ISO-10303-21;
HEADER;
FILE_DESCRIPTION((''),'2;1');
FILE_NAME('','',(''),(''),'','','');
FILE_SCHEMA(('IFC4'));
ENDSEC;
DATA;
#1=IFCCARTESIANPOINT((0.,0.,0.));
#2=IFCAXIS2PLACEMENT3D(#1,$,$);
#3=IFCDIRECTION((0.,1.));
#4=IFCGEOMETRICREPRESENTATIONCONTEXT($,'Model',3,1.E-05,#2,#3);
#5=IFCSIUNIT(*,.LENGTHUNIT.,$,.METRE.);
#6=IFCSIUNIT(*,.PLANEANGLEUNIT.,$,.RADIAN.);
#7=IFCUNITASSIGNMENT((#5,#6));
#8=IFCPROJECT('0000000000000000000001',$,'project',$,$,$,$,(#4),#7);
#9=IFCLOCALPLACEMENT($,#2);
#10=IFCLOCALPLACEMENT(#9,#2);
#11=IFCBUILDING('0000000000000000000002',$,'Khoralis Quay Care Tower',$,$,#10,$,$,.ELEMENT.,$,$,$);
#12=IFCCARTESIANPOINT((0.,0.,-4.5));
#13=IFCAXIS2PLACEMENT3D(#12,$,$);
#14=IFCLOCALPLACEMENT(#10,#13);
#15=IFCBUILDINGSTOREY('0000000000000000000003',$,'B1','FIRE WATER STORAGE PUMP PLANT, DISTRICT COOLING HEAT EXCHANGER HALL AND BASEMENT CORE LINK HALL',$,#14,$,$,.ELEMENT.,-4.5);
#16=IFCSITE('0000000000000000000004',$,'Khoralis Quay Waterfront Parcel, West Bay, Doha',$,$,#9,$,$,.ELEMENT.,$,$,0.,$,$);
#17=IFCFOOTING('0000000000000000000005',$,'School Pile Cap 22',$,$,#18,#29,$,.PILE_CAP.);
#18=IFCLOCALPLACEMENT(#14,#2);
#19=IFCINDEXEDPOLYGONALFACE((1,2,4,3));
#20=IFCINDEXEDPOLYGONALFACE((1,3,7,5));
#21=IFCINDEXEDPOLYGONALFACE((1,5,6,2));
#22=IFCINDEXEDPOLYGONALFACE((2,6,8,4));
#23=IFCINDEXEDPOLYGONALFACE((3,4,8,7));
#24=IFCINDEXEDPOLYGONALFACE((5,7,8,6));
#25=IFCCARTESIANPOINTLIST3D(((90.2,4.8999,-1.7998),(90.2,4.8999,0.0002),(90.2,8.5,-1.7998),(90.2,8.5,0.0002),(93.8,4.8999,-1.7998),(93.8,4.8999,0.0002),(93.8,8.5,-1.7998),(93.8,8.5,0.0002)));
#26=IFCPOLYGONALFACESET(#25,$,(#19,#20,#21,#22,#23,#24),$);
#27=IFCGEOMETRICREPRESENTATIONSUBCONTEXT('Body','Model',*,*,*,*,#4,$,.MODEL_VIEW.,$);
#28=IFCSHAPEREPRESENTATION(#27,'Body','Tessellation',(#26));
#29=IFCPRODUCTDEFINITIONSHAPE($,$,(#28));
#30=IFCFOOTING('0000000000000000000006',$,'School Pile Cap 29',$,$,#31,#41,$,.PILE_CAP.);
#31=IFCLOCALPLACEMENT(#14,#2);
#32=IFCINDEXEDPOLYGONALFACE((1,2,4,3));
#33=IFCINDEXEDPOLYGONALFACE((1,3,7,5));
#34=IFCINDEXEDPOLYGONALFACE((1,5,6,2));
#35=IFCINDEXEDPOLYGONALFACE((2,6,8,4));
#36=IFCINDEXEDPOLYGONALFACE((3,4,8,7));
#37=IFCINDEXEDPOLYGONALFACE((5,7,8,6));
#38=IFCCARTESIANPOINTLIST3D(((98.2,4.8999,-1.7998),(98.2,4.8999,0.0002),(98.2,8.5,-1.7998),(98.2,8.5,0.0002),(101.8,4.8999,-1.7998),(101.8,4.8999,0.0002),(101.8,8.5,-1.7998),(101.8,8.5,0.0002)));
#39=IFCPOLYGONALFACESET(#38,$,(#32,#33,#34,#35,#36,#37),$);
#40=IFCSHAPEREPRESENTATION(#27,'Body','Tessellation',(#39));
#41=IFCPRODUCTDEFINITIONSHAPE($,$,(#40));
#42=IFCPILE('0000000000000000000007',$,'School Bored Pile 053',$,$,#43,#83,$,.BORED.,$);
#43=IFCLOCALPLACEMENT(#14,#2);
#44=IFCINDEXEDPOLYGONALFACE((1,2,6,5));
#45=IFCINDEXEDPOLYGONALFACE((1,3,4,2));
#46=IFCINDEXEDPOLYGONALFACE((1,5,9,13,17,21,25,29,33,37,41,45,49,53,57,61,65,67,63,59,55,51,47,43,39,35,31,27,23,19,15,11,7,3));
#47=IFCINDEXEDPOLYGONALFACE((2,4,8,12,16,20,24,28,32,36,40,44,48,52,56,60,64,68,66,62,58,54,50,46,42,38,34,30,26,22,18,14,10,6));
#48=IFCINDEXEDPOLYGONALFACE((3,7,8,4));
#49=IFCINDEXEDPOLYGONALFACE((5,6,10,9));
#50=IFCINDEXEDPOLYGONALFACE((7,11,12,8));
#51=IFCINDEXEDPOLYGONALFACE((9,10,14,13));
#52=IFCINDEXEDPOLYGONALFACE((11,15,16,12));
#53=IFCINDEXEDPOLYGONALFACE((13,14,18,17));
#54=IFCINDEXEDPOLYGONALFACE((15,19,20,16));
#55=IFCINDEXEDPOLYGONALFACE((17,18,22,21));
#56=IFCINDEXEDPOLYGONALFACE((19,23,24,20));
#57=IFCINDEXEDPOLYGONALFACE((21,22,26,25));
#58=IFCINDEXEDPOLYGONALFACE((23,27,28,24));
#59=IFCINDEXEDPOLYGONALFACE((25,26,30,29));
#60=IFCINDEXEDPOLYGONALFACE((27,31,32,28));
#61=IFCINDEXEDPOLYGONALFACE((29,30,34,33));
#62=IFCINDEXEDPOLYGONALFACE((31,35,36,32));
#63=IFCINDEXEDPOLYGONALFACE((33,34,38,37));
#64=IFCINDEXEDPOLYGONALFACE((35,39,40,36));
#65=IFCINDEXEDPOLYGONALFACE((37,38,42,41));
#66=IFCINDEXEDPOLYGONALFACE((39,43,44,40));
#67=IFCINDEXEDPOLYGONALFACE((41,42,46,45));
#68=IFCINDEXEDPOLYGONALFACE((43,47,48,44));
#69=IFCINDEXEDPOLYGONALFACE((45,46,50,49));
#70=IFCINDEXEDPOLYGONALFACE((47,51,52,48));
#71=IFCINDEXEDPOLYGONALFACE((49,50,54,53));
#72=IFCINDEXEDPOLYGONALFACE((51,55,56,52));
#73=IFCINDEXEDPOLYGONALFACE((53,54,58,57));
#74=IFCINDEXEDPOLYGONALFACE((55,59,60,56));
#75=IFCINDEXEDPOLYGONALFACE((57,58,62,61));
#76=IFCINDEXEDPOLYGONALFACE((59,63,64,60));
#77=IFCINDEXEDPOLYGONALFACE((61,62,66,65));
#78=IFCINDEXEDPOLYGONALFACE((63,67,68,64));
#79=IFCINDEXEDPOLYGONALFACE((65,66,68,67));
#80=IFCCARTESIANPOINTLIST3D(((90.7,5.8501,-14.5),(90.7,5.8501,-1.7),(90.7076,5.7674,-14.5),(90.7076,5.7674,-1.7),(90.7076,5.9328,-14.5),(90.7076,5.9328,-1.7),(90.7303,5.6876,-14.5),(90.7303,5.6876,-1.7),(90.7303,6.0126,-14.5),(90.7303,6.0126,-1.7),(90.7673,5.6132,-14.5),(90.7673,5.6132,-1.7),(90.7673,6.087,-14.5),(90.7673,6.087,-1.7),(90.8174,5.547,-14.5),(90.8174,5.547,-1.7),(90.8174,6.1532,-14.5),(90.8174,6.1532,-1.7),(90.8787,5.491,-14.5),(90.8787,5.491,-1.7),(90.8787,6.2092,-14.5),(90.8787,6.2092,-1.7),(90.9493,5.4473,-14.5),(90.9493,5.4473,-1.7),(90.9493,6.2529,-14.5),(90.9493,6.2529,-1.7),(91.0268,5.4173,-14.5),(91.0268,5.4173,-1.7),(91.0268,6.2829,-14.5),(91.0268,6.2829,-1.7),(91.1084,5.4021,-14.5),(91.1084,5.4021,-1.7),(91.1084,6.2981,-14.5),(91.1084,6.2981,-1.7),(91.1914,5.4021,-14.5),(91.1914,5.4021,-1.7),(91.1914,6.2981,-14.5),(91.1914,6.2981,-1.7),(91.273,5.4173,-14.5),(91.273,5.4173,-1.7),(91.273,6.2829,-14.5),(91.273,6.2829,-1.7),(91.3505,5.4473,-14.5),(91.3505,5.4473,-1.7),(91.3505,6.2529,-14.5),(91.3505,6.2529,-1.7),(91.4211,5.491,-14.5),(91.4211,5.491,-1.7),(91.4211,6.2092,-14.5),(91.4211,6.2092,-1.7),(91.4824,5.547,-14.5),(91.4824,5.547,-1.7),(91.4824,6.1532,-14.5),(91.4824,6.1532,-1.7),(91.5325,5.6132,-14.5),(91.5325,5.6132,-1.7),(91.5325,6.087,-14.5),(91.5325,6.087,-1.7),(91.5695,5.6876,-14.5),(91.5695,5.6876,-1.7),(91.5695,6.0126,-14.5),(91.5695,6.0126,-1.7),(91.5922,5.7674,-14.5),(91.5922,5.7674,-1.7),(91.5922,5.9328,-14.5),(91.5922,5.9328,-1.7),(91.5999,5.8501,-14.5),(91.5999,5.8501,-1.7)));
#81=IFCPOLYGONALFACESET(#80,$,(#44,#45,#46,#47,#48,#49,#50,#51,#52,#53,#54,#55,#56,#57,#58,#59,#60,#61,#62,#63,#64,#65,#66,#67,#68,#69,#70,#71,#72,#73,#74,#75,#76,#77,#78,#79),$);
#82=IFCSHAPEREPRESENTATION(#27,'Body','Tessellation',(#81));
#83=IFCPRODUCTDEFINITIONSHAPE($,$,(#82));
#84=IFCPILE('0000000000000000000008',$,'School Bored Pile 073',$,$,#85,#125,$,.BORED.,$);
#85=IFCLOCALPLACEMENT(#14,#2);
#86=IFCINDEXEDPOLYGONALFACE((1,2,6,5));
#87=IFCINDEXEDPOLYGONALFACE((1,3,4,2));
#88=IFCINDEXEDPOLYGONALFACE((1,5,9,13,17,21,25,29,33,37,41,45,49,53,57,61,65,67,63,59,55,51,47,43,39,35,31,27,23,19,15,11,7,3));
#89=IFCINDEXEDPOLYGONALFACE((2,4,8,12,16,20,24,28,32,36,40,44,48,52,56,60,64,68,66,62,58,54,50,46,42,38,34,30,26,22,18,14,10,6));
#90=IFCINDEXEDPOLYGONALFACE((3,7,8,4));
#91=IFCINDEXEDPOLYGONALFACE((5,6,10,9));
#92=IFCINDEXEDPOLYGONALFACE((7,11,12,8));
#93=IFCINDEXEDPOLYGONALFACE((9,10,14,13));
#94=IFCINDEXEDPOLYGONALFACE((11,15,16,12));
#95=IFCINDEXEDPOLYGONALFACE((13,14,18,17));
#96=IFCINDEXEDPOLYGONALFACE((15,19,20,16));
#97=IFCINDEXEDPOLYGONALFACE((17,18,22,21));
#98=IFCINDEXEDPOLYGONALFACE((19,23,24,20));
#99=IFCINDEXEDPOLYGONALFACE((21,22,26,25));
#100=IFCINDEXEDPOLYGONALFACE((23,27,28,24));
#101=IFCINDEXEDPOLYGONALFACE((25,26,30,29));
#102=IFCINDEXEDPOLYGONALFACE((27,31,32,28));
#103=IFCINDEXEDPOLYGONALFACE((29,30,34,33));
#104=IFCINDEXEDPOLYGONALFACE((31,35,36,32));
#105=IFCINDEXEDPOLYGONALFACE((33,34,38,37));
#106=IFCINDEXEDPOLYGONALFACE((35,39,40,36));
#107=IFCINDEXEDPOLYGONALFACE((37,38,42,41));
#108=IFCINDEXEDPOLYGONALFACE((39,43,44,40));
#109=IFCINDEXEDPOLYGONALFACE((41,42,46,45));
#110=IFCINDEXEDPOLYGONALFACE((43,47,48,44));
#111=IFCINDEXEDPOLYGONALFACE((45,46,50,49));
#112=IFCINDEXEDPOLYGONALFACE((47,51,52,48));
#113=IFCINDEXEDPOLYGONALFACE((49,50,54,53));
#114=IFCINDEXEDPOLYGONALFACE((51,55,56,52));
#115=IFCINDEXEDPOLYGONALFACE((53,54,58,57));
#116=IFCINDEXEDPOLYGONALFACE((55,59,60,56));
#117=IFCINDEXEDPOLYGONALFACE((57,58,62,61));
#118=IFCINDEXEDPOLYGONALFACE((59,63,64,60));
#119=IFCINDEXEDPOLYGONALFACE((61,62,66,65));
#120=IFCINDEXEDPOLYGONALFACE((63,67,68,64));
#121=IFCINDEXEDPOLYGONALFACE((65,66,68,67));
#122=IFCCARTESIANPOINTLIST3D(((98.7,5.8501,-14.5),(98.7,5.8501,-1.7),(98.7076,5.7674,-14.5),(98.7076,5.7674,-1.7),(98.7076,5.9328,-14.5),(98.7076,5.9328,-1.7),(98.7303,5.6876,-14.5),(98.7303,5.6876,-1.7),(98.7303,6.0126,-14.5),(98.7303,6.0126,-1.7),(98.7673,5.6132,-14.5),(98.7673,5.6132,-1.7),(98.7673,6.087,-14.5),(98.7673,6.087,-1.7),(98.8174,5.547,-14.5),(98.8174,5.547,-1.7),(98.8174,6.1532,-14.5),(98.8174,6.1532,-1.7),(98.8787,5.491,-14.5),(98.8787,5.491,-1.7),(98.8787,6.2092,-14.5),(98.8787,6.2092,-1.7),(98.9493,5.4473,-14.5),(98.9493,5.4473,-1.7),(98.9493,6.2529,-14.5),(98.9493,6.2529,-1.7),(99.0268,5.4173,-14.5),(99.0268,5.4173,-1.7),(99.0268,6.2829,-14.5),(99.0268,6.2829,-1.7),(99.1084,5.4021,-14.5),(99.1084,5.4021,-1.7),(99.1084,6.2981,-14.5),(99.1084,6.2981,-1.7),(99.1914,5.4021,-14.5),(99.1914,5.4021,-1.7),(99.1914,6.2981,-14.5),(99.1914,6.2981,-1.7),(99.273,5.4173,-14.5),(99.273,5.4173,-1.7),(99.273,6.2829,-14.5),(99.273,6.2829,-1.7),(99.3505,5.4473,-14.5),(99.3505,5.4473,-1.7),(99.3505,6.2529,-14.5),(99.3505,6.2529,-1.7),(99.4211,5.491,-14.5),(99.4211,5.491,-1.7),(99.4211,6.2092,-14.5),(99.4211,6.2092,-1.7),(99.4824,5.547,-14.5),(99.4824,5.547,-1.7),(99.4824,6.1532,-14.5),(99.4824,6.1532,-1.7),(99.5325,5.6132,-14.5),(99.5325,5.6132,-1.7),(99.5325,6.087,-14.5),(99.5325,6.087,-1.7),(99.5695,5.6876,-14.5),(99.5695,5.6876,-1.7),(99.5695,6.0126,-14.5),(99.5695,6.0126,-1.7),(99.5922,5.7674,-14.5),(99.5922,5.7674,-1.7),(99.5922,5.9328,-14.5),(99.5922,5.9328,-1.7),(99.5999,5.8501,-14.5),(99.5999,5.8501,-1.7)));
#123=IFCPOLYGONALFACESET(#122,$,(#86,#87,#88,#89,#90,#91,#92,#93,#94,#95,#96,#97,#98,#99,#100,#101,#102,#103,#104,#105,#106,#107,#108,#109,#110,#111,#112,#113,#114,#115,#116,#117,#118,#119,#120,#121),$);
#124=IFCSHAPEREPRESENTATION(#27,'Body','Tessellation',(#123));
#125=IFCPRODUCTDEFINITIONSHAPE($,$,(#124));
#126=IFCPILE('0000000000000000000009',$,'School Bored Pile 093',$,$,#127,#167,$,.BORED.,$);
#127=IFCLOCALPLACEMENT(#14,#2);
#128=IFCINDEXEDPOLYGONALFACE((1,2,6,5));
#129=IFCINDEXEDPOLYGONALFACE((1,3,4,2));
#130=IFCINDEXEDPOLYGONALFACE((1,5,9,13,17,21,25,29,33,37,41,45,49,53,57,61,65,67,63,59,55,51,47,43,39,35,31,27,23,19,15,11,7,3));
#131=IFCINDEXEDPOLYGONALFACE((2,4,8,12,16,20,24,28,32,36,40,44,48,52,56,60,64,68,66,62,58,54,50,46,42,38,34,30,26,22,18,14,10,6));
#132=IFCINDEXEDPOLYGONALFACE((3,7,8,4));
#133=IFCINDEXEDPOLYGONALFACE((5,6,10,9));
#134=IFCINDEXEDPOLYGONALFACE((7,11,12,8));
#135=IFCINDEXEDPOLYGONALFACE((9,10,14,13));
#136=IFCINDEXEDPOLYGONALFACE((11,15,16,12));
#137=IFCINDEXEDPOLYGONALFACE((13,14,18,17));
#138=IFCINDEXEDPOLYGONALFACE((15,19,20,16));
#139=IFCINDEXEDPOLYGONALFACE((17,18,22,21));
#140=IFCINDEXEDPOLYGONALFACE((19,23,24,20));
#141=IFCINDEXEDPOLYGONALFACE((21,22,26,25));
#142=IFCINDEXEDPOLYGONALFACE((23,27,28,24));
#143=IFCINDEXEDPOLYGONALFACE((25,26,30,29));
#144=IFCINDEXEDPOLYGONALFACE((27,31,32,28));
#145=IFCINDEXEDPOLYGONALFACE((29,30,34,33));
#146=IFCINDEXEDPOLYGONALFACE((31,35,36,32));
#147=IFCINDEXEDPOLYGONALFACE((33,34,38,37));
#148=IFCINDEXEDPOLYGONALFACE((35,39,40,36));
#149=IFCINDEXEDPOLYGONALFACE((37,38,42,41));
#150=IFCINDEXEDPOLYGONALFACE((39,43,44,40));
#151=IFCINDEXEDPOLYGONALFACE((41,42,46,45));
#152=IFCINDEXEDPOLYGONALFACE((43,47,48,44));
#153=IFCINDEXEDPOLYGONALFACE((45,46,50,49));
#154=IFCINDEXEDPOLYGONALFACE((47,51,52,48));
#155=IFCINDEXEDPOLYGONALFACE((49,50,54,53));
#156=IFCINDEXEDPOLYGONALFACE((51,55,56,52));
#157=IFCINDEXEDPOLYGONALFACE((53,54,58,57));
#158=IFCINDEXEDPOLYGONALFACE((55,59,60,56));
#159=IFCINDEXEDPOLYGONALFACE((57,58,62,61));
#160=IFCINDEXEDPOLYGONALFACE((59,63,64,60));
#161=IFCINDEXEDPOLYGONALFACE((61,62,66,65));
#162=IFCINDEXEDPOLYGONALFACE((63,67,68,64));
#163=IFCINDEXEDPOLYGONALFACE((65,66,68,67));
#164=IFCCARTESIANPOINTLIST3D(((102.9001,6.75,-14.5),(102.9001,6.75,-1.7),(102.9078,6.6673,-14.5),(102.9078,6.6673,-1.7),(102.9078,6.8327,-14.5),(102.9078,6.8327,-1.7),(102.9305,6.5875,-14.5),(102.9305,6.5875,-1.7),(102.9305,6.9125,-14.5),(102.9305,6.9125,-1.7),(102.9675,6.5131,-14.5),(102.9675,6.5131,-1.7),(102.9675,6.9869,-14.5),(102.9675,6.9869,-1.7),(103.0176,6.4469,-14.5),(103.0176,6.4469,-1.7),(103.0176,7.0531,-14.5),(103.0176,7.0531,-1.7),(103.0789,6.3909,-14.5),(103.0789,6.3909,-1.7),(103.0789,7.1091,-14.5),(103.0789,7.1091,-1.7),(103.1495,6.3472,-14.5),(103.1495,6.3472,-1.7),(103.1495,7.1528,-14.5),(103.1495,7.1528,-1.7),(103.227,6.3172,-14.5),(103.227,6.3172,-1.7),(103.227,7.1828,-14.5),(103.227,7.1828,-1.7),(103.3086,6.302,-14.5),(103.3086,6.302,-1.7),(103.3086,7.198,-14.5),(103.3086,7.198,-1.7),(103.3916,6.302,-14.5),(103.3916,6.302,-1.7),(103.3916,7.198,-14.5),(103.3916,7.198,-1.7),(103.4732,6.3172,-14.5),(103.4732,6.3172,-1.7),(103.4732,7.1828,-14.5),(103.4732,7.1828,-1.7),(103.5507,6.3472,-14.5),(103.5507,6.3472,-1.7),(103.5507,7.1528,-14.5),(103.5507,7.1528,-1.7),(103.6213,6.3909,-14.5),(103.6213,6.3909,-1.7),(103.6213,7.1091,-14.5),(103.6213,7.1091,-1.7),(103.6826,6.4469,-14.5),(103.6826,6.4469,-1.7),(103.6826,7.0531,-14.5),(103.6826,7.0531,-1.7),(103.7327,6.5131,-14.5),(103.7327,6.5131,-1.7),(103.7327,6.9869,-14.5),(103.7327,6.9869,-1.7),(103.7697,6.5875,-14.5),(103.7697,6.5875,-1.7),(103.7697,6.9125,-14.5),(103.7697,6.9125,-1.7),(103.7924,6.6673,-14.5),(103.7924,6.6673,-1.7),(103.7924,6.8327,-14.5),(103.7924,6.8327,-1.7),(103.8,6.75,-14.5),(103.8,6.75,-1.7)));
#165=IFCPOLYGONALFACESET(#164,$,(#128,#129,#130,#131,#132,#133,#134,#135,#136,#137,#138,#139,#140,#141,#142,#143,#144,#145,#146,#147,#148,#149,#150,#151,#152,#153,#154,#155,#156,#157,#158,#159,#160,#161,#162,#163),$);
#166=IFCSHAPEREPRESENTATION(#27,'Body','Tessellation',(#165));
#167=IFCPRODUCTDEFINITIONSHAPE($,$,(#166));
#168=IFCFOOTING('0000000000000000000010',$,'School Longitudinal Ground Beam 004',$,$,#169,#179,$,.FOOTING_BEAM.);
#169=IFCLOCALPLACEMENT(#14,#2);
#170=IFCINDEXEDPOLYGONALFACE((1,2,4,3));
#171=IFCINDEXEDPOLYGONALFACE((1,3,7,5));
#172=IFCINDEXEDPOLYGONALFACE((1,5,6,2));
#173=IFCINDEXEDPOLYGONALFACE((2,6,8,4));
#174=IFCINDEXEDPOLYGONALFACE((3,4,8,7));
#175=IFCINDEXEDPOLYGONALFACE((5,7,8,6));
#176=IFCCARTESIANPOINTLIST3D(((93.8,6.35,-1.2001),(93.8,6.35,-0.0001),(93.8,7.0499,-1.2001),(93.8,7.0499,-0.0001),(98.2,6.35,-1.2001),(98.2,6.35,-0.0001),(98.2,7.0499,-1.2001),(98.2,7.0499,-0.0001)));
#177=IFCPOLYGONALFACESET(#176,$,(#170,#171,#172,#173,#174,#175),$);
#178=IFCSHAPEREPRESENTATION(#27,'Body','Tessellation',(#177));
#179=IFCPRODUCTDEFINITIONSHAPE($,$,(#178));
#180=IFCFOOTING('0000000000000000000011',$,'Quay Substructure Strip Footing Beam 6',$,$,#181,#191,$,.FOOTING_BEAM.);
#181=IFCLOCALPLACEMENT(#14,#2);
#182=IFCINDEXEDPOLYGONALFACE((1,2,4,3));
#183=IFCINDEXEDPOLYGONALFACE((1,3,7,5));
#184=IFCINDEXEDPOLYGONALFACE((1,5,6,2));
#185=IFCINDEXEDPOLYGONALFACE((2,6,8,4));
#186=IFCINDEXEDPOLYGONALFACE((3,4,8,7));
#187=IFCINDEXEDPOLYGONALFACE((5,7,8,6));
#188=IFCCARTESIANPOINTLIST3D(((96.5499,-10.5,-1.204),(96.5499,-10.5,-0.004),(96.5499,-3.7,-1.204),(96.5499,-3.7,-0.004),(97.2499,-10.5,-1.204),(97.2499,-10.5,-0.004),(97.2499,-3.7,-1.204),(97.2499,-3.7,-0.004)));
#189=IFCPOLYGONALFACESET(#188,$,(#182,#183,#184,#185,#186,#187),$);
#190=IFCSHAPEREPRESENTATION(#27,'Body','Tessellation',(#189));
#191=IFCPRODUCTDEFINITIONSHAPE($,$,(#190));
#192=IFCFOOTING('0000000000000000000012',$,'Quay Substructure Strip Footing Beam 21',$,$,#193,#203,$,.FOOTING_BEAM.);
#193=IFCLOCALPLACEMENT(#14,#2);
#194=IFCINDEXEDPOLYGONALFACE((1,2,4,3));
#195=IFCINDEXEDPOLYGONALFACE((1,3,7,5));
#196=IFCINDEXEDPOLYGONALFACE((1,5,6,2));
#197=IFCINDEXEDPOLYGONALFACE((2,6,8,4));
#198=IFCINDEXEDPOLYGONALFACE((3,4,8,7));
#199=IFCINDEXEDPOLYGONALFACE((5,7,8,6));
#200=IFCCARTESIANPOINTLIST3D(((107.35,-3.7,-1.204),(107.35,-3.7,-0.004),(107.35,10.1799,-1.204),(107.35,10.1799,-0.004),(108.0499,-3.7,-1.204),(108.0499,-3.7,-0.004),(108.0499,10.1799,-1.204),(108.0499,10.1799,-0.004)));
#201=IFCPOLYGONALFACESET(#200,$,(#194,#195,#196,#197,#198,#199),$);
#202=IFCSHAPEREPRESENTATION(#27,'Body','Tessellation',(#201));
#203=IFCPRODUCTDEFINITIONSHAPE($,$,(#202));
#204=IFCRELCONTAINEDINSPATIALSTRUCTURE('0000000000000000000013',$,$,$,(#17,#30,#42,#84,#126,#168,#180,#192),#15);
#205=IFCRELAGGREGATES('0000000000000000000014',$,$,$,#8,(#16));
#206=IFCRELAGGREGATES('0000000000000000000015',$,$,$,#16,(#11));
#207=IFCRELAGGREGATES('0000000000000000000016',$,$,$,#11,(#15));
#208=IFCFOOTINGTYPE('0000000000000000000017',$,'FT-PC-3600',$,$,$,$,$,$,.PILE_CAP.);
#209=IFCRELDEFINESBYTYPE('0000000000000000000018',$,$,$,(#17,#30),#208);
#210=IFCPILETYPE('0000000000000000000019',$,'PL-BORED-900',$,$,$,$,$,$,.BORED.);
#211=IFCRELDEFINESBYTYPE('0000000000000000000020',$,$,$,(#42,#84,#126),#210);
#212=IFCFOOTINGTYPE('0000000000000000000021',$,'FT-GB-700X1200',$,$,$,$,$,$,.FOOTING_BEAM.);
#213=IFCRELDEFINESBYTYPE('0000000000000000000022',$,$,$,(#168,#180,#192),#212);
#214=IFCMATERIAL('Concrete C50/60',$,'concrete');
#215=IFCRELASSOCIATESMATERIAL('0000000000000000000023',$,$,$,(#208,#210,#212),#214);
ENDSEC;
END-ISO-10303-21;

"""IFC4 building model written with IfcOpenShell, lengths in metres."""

from ifc_helpers import new_model, si_unit, direction, frame, origin, origin_2d, place, context, subcontext, project, spatial, rectangle, circle, extrude, source, transform, mapped, material, material_profile, profile_set, type_object, element, save


model = new_model("IFC4")

# Units and contexts
model_context = context("Model", 3, precision=1e-05, world=origin(), true_north=direction((0.0, 1.0)))
body_context = subcontext(model_context, "Body", "Model", "MODEL_VIEW")
ifc_project = project(units=[si_unit("LENGTHUNIT", "METRE"), si_unit("PLANEANGLEUNIT", "RADIAN")], contexts=[model_context])

# Site, building, storey
site_placement = place(None, origin())
site = spatial("IfcSite", under=ifc_project, at=site_placement, Name="Khoralis Quay Waterfront Parcel, West Bay, Doha", CompositionType="ELEMENT", RefElevation=0.0)
building_placement = place(site_placement, origin())
building = spatial("IfcBuilding", under=site, at=building_placement, Name="Khoralis Quay Care Tower", CompositionType="ELEMENT")
storey_placement = place(building_placement, frame((0.0, 0.0, -4.5)))
storey = spatial("IfcBuildingStorey", under=building, at=storey_placement, Name="B1", Description="FIRE WATER STORAGE PUMP PLANT, DISTRICT COOLING HEAT EXCHANGER HALL AND BASEMENT CORE LINK HALL", CompositionType="ELEMENT", Elevation=-4.5)

# Footings
ifc_material_1 = material(Name="Concrete C50/60", Category="concrete")
footing_type_1 = type_object("IfcFootingType", Name="FT-PC-3600", PredefinedType="PILE_CAP", material=ifc_material_1)
shared_shape_1 = source(origin(), body_context, "Body", "SweptSolid", [
    extrude(rectangle(XDim=3.6001, YDim=3.6001, at=origin_2d()), origin(), (0.0, 0.0, 1.0), 1.8),
])
for number, where, z_axis, x_axis, name in (
    (1, (92.0, 6.7, -1.7998), (0.0, 0.0, 1.0), (1.0, 0.0, 0.0), "School Pile Cap 22"),
    (2, (100.0, 6.7, -1.7998), (0.0, 0.0, 1.0), (1.0, 0.0, 0.0), "School Pile Cap 29"),
):
    element("IfcFooting", number, at=place(storey_placement, frame(where, z_axis=z_axis, x_axis=x_axis)), inside=storey, type_object=footing_type_1, Name=name, PredefinedType="PILE_CAP", context=body_context, shape_type="MappedRepresentation", body=[
        mapped(shared_shape_1, transform((0.0, 0.0, 0.0), scale=1.0)),
    ])

# Piles
ifc_material_profile_1 = material_profile(ifc_material_1, circle(Radius=0.45, at=origin_2d()), Name="Concrete C50/60")
ifc_profile_set_1 = profile_set([ifc_material_profile_1], Name="Concrete C50/60")
pile_type = type_object("IfcPileType", Name="PL-BORED-900", PredefinedType="BORED", material=ifc_profile_set_1)
shared_shape_2 = source(origin(), body_context, "Body", "SweptSolid", [
    extrude(circle(Radius=0.45, at=origin_2d()), origin(), (0.0, 0.0, 1.0), 12.8),
])
for number, where, z_axis, x_axis, name in (
    (3, (91.1499, 5.8501, -1.7), (0.0, 0.0, -1.0), (1.0, 0.0, 0.0), "School Bored Pile 053"),
    (4, (99.1499, 5.8501, -1.7), (0.0, 0.0, -1.0), (1.0, 0.0, 0.0), "School Bored Pile 073"),
    (5, (103.3501, 6.75, -1.7), (0.0, 0.0, -1.0), (1.0, 0.0, 0.0), "School Bored Pile 093"),
):
    element("IfcPile", number, at=place(storey_placement, frame(where, z_axis=z_axis, x_axis=x_axis)), inside=storey, type_object=pile_type, Name=name, PredefinedType="BORED", context=body_context, shape_type="MappedRepresentation", body=[
        mapped(shared_shape_2, transform((0.0, 0.0, 0.0), scale=1.0)),
    ])

# Footings
ifc_material_profile_2 = material_profile(ifc_material_1, rectangle(XDim=0.7, YDim=1.2, at=origin_2d()), Name="Concrete C50/60")
ifc_profile_set_2 = profile_set([ifc_material_profile_2], Name="Concrete C50/60")
footing_type_2 = type_object("IfcFootingType", Name="FT-GB-700X1200", PredefinedType="FOOTING_BEAM", material=ifc_profile_set_2)
shared_shape_3 = source(origin(), body_context, "Body", "SweptSolid", [
    extrude(rectangle(XDim=0.7, YDim=1.2, at=origin_2d()), origin(), (0.0, 0.0, 1.0), 4.3999),
])
footing_1_placement = place(storey_placement, frame((93.8, 6.7, -0.6001), z_axis=(1.0, 0.0, 0.0), x_axis=(0.0, 1.0, 0.0)))
element("IfcFooting", 6, at=footing_1_placement, inside=storey, type_object=footing_type_2, Name="School Longitudinal Ground Beam 004", PredefinedType="FOOTING_BEAM", context=body_context, shape_type="MappedRepresentation", body=[
    mapped(shared_shape_3, transform((0.0, 0.0, 0.0), scale=1.0)),
])
shared_shape_4 = source(origin(), body_context, "Body", "SweptSolid", [
    extrude(rectangle(XDim=0.7, YDim=1.2, at=origin_2d()), origin(), (0.0, 0.0, 1.0), 6.8),
])
footing_2_placement = place(storey_placement, frame((96.8999, -10.5, -0.604), z_axis=(0.0, 1.0, 0.0), x_axis=(-1.0, 0.0, 0.0)))
element("IfcFooting", 7, at=footing_2_placement, inside=storey, type_object=footing_type_2, Name="Quay Substructure Strip Footing Beam 6", PredefinedType="FOOTING_BEAM", context=body_context, shape_type="MappedRepresentation", body=[
    mapped(shared_shape_4, transform((0.0, 0.0, 0.0), scale=1.0)),
])
shared_shape_5 = source(origin(), body_context, "Body", "SweptSolid", [
    extrude(rectangle(XDim=0.7, YDim=1.2, at=origin_2d()), origin(), (0.0, 0.0, 1.0), 13.8799),
])
footing_3_placement = place(storey_placement, frame((107.7, -3.7, -0.604), z_axis=(0.0, 1.0, 0.0), x_axis=(-1.0, 0.0, 0.0)))
element("IfcFooting", 8, at=footing_3_placement, inside=storey, type_object=footing_type_2, Name="Quay Substructure Strip Footing Beam 21", PredefinedType="FOOTING_BEAM", context=body_context, shape_type="MappedRepresentation", body=[
    mapped(shared_shape_5, transform((0.0, 0.0, 0.0), scale=1.0)),
])

save(model, "model.ifc")
